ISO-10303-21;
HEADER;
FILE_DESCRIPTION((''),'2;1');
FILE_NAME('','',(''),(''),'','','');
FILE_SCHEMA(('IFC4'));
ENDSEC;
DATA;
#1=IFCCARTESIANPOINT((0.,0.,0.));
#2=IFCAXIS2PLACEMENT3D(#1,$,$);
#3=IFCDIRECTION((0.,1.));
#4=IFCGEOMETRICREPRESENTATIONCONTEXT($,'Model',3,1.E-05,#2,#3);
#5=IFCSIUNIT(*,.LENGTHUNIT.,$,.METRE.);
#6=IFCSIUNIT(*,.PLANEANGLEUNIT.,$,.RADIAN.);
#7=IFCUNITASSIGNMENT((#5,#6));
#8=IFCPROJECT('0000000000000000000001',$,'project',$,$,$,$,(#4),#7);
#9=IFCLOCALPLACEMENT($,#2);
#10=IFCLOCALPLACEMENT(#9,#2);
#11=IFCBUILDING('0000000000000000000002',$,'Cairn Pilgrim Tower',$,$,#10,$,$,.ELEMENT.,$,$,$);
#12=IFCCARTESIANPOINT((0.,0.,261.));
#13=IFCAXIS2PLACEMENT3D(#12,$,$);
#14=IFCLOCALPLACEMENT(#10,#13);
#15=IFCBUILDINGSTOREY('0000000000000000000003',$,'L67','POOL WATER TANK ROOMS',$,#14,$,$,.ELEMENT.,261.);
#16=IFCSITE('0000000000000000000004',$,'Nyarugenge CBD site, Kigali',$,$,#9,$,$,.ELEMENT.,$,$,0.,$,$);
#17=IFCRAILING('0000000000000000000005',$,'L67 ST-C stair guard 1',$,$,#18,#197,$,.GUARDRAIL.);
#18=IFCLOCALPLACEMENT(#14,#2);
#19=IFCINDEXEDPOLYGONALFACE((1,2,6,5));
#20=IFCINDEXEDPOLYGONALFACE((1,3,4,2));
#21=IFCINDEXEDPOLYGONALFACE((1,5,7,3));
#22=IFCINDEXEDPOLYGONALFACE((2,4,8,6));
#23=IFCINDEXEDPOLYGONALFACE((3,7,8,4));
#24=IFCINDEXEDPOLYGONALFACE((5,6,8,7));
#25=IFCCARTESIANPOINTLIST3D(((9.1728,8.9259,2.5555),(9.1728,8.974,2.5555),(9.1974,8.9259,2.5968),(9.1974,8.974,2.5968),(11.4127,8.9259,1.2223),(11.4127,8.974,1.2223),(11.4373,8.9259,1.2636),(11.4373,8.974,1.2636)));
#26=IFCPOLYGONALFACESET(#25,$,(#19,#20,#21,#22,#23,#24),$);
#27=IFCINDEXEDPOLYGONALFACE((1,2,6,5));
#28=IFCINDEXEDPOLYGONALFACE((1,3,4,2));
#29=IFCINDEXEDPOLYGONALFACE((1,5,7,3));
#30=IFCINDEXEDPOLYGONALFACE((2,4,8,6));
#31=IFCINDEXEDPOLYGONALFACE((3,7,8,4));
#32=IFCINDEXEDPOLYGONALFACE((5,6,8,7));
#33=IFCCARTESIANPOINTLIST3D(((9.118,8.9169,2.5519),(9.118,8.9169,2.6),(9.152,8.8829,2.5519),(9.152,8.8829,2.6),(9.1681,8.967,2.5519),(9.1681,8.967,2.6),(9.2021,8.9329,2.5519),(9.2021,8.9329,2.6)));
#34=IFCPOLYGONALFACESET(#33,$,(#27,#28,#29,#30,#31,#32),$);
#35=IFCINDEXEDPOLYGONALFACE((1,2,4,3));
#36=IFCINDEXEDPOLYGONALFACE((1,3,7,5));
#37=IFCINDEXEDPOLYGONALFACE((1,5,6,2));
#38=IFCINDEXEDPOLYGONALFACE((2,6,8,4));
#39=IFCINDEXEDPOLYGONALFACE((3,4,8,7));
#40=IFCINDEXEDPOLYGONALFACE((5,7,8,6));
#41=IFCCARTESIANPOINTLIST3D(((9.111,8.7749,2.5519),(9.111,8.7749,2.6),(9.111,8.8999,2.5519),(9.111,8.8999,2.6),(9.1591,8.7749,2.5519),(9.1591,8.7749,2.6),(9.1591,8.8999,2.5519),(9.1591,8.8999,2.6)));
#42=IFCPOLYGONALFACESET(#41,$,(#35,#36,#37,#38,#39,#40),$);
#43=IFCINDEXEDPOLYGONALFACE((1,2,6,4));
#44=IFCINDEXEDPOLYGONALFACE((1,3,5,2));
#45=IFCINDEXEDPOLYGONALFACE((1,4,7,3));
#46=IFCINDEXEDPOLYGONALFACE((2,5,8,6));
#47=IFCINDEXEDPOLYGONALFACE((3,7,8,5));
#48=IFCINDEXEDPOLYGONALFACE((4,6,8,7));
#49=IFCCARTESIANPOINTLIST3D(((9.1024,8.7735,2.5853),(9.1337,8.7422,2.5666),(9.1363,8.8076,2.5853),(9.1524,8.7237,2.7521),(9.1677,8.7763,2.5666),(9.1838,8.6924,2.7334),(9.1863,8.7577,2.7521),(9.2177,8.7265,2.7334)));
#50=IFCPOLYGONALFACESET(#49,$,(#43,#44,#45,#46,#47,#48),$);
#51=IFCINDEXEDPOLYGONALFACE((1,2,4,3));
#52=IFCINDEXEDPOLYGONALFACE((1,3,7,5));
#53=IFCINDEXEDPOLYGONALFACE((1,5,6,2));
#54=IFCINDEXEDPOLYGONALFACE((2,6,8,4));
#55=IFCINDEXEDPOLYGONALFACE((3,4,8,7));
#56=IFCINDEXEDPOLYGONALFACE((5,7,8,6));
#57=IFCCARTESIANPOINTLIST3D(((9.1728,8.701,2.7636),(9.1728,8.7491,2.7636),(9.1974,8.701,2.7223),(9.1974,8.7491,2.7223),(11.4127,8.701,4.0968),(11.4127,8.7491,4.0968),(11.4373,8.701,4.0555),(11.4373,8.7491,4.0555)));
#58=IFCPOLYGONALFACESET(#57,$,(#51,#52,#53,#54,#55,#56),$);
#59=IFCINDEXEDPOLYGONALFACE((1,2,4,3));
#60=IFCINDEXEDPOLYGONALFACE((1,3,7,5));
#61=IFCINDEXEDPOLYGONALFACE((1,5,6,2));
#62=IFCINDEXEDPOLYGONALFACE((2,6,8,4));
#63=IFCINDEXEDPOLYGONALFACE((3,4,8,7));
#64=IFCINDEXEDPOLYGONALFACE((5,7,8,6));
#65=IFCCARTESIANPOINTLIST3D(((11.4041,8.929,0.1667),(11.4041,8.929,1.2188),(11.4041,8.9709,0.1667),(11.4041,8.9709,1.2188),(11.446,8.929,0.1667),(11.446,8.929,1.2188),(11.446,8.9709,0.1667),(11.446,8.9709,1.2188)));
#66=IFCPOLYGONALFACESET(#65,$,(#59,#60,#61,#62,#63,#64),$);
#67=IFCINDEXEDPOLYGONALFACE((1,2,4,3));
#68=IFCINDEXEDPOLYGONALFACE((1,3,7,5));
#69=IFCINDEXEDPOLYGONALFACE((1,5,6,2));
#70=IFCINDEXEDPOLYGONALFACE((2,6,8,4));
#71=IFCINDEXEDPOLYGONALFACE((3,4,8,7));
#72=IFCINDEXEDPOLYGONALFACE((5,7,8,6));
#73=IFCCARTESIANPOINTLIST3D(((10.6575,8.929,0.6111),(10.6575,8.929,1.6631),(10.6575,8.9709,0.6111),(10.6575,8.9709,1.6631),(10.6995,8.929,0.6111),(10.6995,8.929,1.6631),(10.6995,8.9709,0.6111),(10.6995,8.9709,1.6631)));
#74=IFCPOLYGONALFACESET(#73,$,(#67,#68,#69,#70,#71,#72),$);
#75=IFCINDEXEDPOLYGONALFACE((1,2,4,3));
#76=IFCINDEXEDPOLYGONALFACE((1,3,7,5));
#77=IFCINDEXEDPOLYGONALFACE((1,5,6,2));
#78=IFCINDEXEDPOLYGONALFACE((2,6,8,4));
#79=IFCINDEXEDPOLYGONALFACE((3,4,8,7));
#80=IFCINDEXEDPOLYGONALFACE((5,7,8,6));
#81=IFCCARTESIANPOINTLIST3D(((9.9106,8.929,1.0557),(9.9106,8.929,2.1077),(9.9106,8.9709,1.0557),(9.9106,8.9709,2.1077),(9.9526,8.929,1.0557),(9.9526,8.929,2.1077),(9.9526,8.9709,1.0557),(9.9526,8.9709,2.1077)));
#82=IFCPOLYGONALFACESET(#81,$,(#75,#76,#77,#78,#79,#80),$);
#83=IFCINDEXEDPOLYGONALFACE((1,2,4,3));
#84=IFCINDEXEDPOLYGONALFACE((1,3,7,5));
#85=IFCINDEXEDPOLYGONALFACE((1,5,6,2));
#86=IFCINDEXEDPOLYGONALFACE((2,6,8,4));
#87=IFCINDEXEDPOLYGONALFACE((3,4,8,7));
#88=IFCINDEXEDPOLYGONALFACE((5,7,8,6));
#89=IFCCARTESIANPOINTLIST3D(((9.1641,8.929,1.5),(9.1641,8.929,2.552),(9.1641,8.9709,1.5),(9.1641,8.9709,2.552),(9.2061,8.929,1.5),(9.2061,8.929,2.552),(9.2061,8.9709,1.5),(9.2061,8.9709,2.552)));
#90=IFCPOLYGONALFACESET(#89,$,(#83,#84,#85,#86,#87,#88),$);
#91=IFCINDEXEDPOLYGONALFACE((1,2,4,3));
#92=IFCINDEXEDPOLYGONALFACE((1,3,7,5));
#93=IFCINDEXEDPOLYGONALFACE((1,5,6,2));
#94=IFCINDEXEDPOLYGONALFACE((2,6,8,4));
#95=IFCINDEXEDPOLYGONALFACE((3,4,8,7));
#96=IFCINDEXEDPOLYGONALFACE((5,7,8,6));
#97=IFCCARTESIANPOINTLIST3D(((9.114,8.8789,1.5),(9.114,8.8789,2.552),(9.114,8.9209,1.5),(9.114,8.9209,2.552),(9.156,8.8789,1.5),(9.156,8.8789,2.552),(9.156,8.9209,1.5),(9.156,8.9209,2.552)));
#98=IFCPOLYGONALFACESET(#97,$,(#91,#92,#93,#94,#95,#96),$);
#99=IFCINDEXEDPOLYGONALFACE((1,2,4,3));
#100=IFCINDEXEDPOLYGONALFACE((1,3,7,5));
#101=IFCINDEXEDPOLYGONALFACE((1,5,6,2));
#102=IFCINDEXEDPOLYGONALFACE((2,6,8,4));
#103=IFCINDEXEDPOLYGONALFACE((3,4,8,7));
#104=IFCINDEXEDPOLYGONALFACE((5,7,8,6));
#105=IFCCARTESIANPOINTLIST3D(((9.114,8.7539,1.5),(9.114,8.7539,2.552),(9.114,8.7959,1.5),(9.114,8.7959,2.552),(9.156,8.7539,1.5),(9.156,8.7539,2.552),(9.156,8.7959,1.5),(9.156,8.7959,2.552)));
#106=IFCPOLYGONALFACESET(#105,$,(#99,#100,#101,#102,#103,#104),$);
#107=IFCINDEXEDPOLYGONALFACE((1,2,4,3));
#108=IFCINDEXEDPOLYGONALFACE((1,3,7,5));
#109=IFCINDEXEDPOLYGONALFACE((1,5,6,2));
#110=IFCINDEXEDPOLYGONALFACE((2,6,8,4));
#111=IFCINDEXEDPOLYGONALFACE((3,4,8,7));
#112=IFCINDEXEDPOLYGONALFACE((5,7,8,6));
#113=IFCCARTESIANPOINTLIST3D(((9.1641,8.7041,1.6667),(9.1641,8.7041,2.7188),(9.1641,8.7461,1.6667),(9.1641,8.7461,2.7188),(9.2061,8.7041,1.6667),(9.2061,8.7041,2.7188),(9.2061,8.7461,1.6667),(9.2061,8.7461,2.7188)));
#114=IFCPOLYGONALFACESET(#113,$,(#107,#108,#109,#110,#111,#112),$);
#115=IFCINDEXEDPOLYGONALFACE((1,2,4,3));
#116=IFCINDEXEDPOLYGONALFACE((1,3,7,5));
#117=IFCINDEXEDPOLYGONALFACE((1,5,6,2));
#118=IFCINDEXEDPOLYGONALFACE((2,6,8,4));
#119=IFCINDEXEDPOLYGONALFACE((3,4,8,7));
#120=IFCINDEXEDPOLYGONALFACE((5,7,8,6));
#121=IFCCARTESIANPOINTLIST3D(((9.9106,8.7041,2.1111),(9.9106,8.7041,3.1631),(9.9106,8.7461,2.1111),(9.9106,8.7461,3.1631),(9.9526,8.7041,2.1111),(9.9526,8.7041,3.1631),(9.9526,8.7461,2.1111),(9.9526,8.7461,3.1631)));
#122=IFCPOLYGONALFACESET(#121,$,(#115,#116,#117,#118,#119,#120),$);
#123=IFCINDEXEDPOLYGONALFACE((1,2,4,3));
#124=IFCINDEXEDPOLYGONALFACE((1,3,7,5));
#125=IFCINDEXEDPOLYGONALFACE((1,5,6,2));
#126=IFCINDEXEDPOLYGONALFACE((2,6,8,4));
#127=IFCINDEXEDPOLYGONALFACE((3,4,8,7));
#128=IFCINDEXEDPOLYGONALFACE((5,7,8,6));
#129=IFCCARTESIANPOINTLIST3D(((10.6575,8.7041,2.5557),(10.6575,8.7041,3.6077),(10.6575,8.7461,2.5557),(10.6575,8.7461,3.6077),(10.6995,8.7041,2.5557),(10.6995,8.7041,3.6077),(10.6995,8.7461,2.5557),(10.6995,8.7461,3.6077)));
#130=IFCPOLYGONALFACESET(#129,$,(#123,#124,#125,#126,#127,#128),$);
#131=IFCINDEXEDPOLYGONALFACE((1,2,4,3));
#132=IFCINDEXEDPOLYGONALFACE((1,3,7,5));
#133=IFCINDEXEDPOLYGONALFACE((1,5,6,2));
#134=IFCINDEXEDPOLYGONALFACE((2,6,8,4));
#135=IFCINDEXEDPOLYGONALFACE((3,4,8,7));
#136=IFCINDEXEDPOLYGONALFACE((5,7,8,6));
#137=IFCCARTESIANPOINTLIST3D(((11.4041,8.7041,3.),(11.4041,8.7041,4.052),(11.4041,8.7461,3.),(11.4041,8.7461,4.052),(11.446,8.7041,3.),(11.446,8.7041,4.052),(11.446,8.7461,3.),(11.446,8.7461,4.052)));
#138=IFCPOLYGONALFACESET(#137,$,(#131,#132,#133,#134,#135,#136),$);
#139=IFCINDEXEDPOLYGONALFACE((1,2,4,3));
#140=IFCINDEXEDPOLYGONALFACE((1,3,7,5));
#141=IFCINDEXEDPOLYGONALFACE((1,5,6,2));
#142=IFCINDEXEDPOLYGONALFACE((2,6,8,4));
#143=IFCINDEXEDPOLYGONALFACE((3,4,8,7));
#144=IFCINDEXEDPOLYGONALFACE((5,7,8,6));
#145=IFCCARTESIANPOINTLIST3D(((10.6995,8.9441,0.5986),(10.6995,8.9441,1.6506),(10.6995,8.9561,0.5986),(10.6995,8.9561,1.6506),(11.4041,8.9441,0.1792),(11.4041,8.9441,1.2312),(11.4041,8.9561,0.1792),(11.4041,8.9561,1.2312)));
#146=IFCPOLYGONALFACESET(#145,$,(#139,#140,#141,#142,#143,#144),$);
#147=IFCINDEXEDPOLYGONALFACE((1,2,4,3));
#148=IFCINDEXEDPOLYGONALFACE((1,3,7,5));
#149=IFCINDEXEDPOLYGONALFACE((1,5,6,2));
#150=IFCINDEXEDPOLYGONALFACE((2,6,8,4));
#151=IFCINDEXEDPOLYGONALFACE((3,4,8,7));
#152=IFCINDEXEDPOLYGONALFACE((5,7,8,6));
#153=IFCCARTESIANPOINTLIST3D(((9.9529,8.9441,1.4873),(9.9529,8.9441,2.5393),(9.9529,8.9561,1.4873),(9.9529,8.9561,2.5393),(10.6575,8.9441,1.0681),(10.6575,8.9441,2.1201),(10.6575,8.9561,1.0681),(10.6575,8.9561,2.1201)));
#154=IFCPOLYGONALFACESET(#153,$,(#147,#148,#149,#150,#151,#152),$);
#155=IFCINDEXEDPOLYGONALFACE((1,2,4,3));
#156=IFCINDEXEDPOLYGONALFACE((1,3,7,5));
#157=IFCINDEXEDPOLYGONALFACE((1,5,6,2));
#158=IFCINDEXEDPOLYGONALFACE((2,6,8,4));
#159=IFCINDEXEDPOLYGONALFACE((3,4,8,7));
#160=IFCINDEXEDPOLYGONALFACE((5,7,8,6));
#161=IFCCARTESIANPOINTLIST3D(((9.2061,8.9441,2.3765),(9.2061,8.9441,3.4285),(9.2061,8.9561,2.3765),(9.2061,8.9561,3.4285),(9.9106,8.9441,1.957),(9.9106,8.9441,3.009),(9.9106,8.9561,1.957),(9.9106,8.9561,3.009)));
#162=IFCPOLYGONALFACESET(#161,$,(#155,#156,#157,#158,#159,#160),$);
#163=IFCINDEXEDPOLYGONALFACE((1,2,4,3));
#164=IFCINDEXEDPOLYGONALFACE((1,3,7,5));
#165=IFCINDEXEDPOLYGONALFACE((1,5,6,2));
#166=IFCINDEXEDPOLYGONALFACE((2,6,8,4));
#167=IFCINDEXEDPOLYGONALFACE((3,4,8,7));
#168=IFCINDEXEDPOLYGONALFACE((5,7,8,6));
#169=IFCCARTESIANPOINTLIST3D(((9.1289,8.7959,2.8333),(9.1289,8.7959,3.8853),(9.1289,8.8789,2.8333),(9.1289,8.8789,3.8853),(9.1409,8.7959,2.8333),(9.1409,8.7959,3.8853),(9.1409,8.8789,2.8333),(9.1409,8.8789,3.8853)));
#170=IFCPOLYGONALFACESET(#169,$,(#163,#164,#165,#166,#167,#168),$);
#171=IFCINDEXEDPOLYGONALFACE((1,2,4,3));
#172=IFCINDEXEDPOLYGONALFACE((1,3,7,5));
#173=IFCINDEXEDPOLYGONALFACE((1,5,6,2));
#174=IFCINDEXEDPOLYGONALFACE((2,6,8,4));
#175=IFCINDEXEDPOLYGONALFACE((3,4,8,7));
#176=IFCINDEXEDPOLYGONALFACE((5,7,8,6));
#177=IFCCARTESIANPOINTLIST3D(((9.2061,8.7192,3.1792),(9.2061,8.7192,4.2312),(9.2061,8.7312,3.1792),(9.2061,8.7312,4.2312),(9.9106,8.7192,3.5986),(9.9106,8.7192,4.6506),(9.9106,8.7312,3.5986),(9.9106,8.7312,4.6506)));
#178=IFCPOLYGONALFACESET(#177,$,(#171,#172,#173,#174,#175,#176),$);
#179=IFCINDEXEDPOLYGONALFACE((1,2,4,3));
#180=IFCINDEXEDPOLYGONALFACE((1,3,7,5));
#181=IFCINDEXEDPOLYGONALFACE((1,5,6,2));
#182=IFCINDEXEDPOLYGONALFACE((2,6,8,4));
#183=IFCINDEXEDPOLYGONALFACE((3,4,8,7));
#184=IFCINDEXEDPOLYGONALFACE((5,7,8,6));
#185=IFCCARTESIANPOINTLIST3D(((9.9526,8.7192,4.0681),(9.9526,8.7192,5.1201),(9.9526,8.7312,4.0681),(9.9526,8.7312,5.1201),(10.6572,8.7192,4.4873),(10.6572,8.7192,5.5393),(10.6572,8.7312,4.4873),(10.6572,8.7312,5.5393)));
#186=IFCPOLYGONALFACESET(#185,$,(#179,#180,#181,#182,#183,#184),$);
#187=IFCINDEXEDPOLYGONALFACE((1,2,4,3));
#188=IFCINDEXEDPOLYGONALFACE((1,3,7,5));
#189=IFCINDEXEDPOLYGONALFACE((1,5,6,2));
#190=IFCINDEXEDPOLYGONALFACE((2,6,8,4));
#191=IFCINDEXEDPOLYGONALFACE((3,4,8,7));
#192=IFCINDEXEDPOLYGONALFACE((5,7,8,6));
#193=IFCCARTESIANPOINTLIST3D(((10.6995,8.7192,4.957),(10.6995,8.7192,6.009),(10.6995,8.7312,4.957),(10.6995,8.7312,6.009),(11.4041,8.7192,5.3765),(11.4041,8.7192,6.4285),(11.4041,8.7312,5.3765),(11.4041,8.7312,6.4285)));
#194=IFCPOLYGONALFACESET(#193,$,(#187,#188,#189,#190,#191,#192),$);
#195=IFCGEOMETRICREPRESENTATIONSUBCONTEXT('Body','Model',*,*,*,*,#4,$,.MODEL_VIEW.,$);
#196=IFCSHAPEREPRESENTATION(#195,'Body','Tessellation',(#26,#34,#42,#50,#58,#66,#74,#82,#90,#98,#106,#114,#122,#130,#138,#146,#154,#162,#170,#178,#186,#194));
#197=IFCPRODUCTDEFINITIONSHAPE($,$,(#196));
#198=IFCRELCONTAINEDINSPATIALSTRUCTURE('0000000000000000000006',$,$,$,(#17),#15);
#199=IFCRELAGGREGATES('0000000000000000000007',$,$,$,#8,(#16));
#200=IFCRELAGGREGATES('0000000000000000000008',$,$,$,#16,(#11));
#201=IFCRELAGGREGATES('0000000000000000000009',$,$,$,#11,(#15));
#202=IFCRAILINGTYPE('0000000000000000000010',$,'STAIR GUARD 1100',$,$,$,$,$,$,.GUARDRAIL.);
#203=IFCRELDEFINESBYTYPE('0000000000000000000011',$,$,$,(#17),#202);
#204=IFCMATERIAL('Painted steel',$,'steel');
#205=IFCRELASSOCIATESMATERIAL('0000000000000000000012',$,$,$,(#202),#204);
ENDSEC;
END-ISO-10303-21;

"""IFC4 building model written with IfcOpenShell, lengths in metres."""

from ifc_helpers import new_model, si_unit, direction, frame, origin, origin_2d, place, context, subcontext, project, spatial, polyline, rectangle, outline, extrude, material, type_object, element, save


model = new_model("IFC4")

# Units and contexts
model_context = context("Model", 3, precision=1e-05, world=origin(), true_north=direction((0.0, 1.0)))
body_context = subcontext(model_context, "Body", "Model", "MODEL_VIEW")
ifc_project = project(units=[si_unit("LENGTHUNIT", "METRE"), si_unit("PLANEANGLEUNIT", "RADIAN")], contexts=[model_context])

# Site, building, storey
site_placement = place(None, origin())
site = spatial("IfcSite", under=ifc_project, at=site_placement, Name="Nyarugenge CBD site, Kigali", CompositionType="ELEMENT", RefElevation=0.0)
building_placement = place(site_placement, origin())
building = spatial("IfcBuilding", under=site, at=building_placement, Name="Cairn Pilgrim Tower", CompositionType="ELEMENT")
storey_placement = place(building_placement, frame((0.0, 0.0, 261.0)))
storey = spatial("IfcBuildingStorey", under=building, at=storey_placement, Name="L67", Description="POOL WATER TANK ROOMS", CompositionType="ELEMENT", Elevation=261.0)

# Shared definitions
ifc_material_1 = material(Name="Painted steel", Category="steel")

# Railing
railing_type_1 = type_object("IfcRailingType", Name="STAIR GUARD 1100", PredefinedType="GUARDRAIL", material=ifc_material_1)
railing_1_placement = place(storey_placement, frame((11.425, 8.95, 0.1667)))
element("IfcRailing", 1, at=railing_1_placement, inside=storey, type_object=railing_type_1, Name="L67 ST-C stair guard 1", PredefinedType="GUARDRAIL", context=body_context, shape_type="SweptSolid", body=[
    extrude(rectangle(XDim=0.0481, YDim=0.0481, at=origin_2d()), frame((0.0, 0.0, 1.0762), z_axis=(-0.859306, 0.0, 0.511462), x_axis=(0.0, -1.0, 0.0)), (0.0, 0.0, 1.0), 2.6067),
    extrude(rectangle(XDim=0.0481, YDim=0.0481, at=origin_2d()), frame((-2.24, 0.0, 2.4092), z_axis=(-0.707107, -0.707107, 0.0), x_axis=(0.707107, -0.707107, 0.0)), (0.0, 0.0, 1.0), 0.0708),
    extrude(rectangle(XDim=0.0481, YDim=0.0481, at=origin_2d()), frame((-2.29, -0.05, 2.4092), z_axis=(0.0, -1.0, 0.0), x_axis=(1.0, 0.0, 0.0)), (0.0, 0.0, 1.0), 0.125),
    extrude(rectangle(XDim=0.0481, YDim=0.0481, at=origin_2d()), frame((-2.29, -0.175, 2.4092), z_axis=(0.276389, -0.275041, 0.920848), x_axis=(0.705376, 0.708834, 0.0)), (0.0, 0.0, 1.0), 0.1812),
    extrude(rectangle(XDim=0.0481, YDim=0.0481, at=origin_2d()), frame((-2.24, -0.2249, 2.5762), z_axis=(0.859306, 0.0, 0.511462), x_axis=(0.0, 1.0, 0.0)), (0.0, 0.0, 1.0), 2.6067),
    extrude(rectangle(XDim=0.042, YDim=0.042, at=origin_2d()), origin(), (0.0, 0.0, 1.0), 1.052),
    extrude(rectangle(XDim=0.042, YDim=0.042, at=origin_2d()), frame((-0.7466, 0.0, 0.4443)), (0.0, 0.0, 1.0), 1.052),
    extrude(rectangle(XDim=0.042, YDim=0.042, at=origin_2d()), frame((-1.4934, 0.0, 0.8889)), (0.0, 0.0, 1.0), 1.052),
    extrude(rectangle(XDim=0.042, YDim=0.042, at=origin_2d()), frame((-2.24, 0.0, 1.3333)), (0.0, 0.0, 1.0), 1.052),
    extrude(rectangle(XDim=0.042, YDim=0.042, at=origin_2d()), frame((-2.29, -0.05, 1.3333)), (0.0, 0.0, 1.0), 1.052),
    extrude(rectangle(XDim=0.042, YDim=0.042, at=origin_2d()), frame((-2.29, -0.175, 1.3333)), (0.0, 0.0, 1.0), 1.052),
    extrude(rectangle(XDim=0.042, YDim=0.042, at=origin_2d()), frame((-2.24, -0.2249, 1.5)), (0.0, 0.0, 1.0), 1.052),
    extrude(rectangle(XDim=0.042, YDim=0.042, at=origin_2d()), frame((-1.4934, -0.2249, 1.9443)), (0.0, 0.0, 1.0), 1.052),
    extrude(rectangle(XDim=0.042, YDim=0.042, at=origin_2d()), frame((-0.7466, -0.2249, 2.3889)), (0.0, 0.0, 1.0), 1.052),
    extrude(rectangle(XDim=0.042, YDim=0.042, at=origin_2d()), frame((0.0, -0.2249, 2.8333)), (0.0, 0.0, 1.0), 1.052),
    extrude(outline(polyline([(0.021, 0.0125), (0.7256, 0.4319), (0.7256, 1.4839), (0.021, 1.0645), (0.021, 0.0125)])), frame((0.0, -0.0059, 0.0), z_axis=(0.0, 1.0, 0.0), x_axis=(-1.0, 0.0, 0.0)), (0.0, 0.0, 1.0), 0.012),
    extrude(outline(polyline([(0.021, 0.457), (0.7256, 0.8762), (0.7256, 1.9282), (0.021, 1.509), (0.021, 0.457)])), frame((-0.7466, -0.0059, 0.4443), z_axis=(0.0, 1.0, 0.0), x_axis=(-1.0, 0.0, 0.0)), (0.0, 0.0, 1.0), 0.012),
    extrude(outline(polyline([(0.021, 0.9014), (0.7256, 1.3208), (0.7256, 2.3728), (0.021, 1.9534), (0.021, 0.9014)])), frame((-1.4934, -0.0059, 0.8889), z_axis=(0.0, 1.0, 0.0), x_axis=(-1.0, 0.0, 0.0)), (0.0, 0.0, 1.0), 0.012),
    extrude(outline(polyline([(0.021, 1.3333), (0.104, 1.3333), (0.104, 2.3853), (0.021, 2.3853), (0.021, 1.3333)])), frame((-2.2842, -0.05, 1.3333), z_axis=(-1.0, 0.0, 0.0), x_axis=(0.0, -1.0, 0.0)), (0.0, 0.0, 1.0), 0.012),
    extrude(outline(polyline([(0.021, 1.5125), (0.7256, 1.9319), (0.7256, 2.9839), (0.021, 2.5645), (0.021, 1.5125)])), frame((-2.24, -0.2188, 1.5), z_axis=(0.0, -1.0, 0.0), x_axis=(1.0, 0.0, 0.0)), (0.0, 0.0, 1.0), 0.012),
    extrude(outline(polyline([(0.021, 1.957), (0.7256, 2.3762), (0.7256, 3.4282), (0.021, 3.009), (0.021, 1.957)])), frame((-1.4934, -0.2188, 1.9443), z_axis=(0.0, -1.0, 0.0), x_axis=(1.0, 0.0, 0.0)), (0.0, 0.0, 1.0), 0.012),
    extrude(outline(polyline([(0.021, 2.4014), (0.7256, 2.8208), (0.7256, 3.8728), (0.021, 3.4534), (0.021, 2.4014)])), frame((-0.7466, -0.2188, 2.3889), z_axis=(0.0, -1.0, 0.0), x_axis=(1.0, 0.0, 0.0)), (0.0, 0.0, 1.0), 0.012),
])

save(model, "model.ifc")
